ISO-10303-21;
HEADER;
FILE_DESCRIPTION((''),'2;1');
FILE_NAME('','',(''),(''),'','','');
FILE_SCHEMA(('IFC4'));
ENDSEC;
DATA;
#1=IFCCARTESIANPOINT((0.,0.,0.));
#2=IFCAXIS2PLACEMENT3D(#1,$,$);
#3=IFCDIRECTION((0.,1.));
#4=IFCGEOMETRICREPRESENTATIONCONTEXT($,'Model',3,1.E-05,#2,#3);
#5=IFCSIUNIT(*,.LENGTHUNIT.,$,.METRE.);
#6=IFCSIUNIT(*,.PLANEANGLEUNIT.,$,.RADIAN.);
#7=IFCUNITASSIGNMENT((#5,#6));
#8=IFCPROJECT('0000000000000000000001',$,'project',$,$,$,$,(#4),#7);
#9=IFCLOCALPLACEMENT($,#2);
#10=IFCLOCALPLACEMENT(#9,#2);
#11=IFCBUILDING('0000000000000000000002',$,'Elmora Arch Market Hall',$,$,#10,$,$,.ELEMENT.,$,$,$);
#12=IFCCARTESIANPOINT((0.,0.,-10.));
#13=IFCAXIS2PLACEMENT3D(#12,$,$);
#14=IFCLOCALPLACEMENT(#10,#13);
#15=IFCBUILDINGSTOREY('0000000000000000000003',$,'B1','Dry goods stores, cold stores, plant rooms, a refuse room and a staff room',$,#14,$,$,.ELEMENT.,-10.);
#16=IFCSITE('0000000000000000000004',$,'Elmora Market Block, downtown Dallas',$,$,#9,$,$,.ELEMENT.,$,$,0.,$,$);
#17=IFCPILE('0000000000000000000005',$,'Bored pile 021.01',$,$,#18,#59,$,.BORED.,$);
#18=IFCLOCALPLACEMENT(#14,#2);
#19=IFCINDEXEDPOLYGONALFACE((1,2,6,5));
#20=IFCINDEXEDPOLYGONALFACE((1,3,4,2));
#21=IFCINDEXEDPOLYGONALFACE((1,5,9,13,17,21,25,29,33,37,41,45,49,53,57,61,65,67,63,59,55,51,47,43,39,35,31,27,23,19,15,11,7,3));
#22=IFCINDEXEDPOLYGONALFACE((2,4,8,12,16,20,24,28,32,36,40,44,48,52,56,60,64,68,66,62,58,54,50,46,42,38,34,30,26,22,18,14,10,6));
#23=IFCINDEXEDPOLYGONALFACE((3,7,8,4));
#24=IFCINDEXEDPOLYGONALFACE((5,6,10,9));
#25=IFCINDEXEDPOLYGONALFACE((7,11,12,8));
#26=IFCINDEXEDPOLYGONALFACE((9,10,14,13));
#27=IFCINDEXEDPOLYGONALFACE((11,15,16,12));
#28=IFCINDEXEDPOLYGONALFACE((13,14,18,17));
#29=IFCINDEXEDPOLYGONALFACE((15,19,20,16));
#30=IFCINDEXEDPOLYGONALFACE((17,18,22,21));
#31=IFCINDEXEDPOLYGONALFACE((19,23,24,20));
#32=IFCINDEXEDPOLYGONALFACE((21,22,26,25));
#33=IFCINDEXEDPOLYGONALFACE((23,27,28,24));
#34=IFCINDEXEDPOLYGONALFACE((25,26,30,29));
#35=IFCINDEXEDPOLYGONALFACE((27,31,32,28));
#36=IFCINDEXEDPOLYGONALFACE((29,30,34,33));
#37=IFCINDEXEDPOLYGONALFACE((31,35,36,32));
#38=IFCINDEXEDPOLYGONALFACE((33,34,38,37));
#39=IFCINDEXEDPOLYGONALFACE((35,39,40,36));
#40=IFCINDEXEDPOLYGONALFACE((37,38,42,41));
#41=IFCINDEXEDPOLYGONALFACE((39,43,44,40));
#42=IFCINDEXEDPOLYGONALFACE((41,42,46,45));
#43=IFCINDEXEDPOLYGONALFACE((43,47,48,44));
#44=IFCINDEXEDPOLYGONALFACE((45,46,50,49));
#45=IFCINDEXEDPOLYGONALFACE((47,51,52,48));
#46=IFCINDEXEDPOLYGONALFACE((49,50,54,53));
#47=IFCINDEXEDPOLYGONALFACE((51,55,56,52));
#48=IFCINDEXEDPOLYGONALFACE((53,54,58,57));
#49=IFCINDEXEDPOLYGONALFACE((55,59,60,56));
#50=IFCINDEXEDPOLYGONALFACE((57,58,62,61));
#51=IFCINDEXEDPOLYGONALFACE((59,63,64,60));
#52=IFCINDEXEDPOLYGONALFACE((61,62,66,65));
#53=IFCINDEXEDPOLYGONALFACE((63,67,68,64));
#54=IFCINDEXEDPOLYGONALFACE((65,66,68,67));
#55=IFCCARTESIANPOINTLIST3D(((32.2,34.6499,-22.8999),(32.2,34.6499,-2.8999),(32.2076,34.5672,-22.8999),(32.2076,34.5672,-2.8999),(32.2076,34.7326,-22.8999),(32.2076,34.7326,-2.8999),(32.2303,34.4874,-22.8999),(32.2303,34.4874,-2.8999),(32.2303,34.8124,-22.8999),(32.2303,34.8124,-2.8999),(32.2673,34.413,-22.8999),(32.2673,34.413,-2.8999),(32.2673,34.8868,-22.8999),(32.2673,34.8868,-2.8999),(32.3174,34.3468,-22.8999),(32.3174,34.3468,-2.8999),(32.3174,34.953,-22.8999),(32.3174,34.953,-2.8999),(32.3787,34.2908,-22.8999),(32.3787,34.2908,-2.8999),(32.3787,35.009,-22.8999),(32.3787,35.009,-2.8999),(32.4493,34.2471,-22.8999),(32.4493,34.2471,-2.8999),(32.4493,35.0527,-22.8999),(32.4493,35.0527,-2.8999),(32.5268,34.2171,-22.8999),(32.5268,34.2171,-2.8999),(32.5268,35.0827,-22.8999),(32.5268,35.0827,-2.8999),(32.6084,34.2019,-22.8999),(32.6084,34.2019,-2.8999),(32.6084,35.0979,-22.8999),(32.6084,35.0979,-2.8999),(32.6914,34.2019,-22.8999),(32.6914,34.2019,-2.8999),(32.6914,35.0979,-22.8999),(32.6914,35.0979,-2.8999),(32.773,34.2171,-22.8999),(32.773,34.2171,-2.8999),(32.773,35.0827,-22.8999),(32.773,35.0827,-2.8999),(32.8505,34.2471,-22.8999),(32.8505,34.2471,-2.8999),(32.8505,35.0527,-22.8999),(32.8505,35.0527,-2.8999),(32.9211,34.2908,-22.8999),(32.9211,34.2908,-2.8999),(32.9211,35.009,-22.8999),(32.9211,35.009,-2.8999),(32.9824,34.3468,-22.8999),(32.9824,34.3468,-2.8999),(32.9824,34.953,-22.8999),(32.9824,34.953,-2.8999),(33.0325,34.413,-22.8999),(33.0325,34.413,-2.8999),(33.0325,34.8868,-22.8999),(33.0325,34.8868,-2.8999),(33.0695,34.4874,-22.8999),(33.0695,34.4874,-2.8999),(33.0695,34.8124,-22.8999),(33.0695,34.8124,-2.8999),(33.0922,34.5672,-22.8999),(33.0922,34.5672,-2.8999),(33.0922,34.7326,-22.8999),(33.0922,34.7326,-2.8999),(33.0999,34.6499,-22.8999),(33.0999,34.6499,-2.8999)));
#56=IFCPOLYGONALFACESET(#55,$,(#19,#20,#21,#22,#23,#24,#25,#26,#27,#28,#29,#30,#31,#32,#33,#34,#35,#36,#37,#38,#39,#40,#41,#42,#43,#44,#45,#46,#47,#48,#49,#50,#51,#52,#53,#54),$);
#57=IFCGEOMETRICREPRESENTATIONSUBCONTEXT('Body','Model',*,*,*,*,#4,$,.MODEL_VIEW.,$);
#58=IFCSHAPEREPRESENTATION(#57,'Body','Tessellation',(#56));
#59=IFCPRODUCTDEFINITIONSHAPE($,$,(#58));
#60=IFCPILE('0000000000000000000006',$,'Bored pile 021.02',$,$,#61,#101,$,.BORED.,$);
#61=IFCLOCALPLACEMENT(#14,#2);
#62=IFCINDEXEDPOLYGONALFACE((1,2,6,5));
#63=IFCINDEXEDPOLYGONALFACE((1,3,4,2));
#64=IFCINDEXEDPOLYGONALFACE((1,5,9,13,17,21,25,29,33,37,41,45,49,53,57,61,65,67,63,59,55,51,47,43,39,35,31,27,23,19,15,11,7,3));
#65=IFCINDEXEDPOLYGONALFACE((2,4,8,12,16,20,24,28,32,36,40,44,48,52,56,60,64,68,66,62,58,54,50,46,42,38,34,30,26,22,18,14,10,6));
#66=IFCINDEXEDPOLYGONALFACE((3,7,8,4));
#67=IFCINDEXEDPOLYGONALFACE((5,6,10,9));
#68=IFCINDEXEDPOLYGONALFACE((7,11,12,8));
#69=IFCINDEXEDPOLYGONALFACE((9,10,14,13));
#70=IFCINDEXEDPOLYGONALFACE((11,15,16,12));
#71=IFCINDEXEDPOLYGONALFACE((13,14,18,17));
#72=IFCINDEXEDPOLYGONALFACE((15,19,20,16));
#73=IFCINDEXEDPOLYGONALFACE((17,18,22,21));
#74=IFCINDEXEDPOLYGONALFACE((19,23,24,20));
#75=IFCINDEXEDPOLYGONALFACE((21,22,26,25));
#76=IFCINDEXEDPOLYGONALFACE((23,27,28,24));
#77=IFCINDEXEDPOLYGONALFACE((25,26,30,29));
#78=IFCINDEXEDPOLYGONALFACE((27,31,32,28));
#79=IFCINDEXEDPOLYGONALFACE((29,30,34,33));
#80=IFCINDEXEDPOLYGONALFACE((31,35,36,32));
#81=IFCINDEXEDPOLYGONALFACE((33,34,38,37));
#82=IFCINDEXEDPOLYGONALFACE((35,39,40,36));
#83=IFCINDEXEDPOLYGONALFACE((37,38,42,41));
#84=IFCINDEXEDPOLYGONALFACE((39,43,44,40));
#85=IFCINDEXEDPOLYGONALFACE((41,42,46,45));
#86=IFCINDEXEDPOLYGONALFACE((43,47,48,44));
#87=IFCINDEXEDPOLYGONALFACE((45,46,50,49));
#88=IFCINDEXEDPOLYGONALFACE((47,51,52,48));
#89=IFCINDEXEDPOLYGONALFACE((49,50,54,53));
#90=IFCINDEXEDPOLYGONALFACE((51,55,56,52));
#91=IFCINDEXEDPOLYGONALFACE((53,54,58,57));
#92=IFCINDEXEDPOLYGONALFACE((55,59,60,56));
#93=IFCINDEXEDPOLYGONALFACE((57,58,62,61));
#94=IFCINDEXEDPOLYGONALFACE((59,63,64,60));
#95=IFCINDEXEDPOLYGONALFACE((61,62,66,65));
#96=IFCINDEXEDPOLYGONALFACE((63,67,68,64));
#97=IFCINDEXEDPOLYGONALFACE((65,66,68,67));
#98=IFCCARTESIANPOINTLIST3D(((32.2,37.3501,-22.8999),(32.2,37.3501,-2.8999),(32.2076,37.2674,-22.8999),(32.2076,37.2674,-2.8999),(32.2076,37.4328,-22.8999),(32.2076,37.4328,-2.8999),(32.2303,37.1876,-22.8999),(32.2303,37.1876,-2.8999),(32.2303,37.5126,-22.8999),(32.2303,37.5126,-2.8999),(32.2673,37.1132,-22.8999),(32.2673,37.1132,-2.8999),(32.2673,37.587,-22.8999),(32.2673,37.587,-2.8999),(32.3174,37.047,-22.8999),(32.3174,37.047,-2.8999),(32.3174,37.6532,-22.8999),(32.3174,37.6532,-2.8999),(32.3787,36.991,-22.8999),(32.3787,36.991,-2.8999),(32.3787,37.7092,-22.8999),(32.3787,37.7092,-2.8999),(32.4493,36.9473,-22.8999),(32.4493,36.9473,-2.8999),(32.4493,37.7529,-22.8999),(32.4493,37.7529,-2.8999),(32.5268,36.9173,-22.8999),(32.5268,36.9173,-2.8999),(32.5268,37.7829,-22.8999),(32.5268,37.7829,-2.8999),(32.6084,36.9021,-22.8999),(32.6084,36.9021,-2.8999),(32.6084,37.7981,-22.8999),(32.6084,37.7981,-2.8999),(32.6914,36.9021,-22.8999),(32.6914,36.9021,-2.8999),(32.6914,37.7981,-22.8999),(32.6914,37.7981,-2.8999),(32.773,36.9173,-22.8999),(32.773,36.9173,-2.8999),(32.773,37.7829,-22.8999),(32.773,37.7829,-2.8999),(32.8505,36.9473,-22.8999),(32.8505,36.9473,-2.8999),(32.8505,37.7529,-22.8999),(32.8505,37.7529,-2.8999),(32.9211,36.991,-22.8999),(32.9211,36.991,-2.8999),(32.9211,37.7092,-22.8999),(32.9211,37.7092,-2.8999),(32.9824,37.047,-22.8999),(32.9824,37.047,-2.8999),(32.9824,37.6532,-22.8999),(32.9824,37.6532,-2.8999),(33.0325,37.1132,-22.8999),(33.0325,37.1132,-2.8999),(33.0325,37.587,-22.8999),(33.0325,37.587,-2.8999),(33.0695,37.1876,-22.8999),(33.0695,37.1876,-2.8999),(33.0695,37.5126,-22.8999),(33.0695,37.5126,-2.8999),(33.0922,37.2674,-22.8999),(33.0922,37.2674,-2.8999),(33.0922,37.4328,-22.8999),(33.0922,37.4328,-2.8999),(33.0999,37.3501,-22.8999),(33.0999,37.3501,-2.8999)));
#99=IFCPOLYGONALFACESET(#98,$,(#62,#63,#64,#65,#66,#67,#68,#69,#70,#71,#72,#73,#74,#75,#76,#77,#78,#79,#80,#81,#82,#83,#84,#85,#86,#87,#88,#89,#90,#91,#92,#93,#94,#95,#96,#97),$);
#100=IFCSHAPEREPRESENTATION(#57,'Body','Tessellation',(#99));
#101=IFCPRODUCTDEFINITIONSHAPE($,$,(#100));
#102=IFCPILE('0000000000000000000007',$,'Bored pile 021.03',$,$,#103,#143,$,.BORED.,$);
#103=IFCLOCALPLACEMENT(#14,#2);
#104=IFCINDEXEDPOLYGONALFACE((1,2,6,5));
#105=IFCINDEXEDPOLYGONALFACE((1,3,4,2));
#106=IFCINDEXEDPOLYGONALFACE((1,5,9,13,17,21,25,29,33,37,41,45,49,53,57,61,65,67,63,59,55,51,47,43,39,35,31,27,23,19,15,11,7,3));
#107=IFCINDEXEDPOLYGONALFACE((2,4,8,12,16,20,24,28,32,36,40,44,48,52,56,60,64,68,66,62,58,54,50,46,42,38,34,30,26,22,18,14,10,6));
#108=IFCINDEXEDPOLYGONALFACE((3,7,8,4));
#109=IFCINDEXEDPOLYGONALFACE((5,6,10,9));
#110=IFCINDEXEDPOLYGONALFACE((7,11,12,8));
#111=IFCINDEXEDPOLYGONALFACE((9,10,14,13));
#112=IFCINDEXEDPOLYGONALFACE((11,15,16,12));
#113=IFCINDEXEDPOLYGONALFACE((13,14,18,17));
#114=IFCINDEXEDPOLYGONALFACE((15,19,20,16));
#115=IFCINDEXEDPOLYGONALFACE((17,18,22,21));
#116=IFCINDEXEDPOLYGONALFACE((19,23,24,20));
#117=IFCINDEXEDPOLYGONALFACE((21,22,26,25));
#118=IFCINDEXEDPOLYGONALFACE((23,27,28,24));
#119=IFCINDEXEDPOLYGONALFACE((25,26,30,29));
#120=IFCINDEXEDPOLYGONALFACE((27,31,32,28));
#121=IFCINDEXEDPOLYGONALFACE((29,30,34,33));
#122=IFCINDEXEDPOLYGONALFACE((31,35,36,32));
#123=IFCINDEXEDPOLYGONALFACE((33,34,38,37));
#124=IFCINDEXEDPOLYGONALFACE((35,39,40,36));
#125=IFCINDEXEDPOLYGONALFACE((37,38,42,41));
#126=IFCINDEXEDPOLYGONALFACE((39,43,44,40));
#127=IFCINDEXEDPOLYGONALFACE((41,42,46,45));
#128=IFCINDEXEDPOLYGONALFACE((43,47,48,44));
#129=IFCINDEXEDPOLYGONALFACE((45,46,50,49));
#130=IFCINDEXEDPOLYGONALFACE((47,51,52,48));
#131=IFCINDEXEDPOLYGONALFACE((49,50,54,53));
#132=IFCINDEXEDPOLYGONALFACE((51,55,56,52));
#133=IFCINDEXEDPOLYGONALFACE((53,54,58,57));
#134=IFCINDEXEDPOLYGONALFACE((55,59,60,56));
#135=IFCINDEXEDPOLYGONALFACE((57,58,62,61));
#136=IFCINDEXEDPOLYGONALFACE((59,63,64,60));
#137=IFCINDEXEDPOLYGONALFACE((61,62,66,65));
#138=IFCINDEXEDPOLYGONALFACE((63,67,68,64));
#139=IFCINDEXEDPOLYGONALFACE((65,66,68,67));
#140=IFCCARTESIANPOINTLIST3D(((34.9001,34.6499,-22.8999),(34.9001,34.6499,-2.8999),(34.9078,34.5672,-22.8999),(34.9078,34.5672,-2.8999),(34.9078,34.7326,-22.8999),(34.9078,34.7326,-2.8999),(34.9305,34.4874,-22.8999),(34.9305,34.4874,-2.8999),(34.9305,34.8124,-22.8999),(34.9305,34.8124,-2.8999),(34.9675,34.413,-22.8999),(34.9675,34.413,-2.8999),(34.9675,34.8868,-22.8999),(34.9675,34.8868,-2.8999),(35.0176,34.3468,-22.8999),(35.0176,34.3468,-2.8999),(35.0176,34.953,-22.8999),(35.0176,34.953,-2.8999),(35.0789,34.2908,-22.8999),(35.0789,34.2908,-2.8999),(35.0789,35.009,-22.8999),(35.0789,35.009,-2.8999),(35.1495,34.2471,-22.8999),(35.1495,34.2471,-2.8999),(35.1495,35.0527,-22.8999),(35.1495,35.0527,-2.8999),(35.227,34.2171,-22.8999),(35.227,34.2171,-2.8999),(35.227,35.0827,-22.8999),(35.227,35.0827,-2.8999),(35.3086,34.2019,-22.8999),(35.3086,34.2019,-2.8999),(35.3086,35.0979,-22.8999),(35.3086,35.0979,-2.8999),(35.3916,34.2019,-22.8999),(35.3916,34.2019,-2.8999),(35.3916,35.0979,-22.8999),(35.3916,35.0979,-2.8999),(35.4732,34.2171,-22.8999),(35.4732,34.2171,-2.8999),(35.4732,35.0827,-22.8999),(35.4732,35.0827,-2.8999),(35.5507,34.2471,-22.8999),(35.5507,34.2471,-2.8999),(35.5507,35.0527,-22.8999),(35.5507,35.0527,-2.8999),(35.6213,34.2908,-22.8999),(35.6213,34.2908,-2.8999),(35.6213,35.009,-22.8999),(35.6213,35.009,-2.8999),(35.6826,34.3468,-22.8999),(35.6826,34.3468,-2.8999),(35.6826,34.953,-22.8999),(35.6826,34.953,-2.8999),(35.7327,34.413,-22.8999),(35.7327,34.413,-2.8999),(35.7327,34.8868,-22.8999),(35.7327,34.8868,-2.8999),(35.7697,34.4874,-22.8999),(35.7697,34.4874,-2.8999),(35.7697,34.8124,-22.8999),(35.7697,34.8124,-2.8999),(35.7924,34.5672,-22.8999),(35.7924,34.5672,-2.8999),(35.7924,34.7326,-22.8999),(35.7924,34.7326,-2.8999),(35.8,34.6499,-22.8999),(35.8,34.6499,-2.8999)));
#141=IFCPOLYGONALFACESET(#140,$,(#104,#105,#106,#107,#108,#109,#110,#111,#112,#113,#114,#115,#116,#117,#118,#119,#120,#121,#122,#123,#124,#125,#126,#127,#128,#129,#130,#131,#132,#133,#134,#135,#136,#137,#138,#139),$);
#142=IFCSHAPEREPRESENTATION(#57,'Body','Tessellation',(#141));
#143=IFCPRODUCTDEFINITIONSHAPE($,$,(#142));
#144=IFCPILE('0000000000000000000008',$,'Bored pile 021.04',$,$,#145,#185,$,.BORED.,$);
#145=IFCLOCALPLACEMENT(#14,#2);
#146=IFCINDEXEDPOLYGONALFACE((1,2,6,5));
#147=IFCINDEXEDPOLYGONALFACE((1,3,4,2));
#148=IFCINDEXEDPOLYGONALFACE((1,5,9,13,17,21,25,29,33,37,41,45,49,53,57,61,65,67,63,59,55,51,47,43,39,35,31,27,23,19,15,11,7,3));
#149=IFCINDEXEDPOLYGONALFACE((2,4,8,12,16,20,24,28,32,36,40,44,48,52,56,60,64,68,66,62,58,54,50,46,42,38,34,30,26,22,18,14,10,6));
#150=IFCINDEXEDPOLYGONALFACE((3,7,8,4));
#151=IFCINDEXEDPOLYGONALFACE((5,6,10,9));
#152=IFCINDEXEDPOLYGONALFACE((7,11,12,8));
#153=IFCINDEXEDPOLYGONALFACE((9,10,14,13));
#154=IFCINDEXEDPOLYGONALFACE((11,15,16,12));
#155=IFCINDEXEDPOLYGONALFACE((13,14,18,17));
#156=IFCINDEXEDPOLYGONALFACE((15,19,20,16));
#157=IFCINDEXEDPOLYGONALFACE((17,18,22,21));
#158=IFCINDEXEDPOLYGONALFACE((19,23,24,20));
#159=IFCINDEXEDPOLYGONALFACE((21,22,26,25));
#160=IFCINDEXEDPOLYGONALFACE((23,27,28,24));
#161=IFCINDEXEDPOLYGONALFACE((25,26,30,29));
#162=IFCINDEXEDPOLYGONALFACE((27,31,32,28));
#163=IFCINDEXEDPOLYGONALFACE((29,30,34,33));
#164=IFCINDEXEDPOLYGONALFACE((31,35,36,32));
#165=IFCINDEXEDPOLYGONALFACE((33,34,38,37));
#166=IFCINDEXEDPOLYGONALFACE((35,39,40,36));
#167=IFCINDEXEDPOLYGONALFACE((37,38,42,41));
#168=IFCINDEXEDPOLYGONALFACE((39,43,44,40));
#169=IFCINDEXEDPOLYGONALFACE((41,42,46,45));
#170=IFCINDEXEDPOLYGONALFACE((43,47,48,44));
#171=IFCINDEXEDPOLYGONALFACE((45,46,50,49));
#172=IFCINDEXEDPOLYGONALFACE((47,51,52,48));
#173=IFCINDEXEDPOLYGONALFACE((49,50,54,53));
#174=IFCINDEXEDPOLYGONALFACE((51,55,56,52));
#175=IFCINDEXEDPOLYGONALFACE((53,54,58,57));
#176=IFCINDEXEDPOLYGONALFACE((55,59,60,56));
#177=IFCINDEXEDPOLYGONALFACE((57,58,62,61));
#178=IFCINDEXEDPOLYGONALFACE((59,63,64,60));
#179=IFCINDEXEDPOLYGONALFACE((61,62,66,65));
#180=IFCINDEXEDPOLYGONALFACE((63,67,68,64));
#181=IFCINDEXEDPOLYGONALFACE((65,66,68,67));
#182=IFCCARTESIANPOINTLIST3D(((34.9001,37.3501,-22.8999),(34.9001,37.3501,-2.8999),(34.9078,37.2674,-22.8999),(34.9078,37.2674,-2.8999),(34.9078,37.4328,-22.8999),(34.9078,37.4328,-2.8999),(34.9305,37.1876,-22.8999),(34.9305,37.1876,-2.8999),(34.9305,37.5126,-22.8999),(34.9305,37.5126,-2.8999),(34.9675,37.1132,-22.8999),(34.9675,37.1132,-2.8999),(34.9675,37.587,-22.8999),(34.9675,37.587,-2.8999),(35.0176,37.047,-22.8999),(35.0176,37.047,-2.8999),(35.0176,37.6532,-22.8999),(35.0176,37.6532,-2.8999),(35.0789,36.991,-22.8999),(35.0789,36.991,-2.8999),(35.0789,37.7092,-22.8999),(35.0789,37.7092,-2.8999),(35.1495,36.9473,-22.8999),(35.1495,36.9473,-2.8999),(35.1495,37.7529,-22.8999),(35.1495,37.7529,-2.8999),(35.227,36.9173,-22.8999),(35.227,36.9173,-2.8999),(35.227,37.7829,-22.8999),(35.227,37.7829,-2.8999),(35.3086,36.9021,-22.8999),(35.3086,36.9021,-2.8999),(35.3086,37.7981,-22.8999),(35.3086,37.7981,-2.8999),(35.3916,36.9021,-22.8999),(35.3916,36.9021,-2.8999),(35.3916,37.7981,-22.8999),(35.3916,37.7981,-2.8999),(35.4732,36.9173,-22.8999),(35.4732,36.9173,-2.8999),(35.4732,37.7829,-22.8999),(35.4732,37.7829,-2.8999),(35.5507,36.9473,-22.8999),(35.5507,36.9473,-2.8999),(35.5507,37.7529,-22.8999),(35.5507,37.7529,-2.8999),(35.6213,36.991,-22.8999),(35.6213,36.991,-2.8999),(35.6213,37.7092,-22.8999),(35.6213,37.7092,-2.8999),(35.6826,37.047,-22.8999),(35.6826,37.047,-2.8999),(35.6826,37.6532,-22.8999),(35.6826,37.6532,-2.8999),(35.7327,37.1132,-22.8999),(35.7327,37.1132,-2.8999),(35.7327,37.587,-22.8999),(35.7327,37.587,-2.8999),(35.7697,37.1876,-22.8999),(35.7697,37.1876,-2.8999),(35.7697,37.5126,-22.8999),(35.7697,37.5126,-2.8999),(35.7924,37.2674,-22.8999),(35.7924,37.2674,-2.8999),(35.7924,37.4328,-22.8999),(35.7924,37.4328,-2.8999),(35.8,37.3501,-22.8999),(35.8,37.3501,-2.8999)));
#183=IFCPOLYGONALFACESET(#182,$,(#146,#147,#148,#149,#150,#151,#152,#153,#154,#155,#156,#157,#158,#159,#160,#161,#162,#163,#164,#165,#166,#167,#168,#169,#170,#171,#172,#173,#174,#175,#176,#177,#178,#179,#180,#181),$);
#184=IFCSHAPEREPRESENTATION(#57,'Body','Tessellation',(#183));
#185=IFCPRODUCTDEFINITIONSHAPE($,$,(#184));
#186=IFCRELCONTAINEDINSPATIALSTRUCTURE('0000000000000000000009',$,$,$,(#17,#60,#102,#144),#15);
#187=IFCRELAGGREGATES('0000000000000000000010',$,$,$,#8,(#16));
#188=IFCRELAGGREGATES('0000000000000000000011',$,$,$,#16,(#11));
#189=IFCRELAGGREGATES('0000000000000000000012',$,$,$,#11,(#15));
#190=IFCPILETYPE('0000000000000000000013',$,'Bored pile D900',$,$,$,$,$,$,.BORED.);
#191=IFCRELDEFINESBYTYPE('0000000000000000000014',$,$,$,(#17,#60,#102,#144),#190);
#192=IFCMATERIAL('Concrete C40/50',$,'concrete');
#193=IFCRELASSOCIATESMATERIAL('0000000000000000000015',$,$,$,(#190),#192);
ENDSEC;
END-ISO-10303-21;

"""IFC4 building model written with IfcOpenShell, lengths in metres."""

from ifc_helpers import new_model, si_unit, direction, frame, origin, origin_2d, place, context, subcontext, project, spatial, circle, extrude, material, material_profile, profile_set, type_object, element, save


model = new_model("IFC4")

# Units and contexts
model_context = context("Model", 3, precision=1e-05, world=origin(), true_north=direction((0.0, 1.0)))
body_context = subcontext(model_context, "Body", "Model", "MODEL_VIEW")
ifc_project = project(units=[si_unit("LENGTHUNIT", "METRE"), si_unit("PLANEANGLEUNIT", "RADIAN")], contexts=[model_context])

# Site, building, storey
site_placement = place(None, origin())
site = spatial("IfcSite", under=ifc_project, at=site_placement, Name="Elmora Market Block, downtown Dallas", CompositionType="ELEMENT", RefElevation=0.0)
building_placement = place(site_placement, origin())
building = spatial("IfcBuilding", under=site, at=building_placement, Name="Elmora Arch Market Hall", CompositionType="ELEMENT")
storey_placement = place(building_placement, frame((0.0, 0.0, -10.0)))
storey = spatial("IfcBuildingStorey", under=building, at=storey_placement, Name="B1", Description="Dry goods stores, cold stores, plant rooms, a refuse room and a staff room", CompositionType="ELEMENT", Elevation=-10.0)

# Piles
ifc_material_1 = material(Name="Concrete C40/50", Category="concrete")
ifc_material_profile_1 = material_profile(ifc_material_1, circle(Radius=0.45, at=origin_2d()), Name="Bored pile D900")
ifc_profile_set_1 = profile_set([ifc_material_profile_1], Name="Concrete C40/50")
pile_type = type_object("IfcPileType", Name="Bored pile D900", PredefinedType="BORED", material=ifc_profile_set_1)
for number, where, z_axis, x_axis, name in (
    (1, (32.6499, 34.6499, -2.8999), (0.0, 0.0, -1.0), (1.0, 0.0, 0.0), "Bored pile 021.01"),
    (2, (32.6499, 37.3501, -2.8999), (0.0, 0.0, -1.0), (1.0, 0.0, 0.0), "Bored pile 021.02"),
    (3, (35.3501, 34.6499, -2.8999), (0.0, 0.0, -1.0), (1.0, 0.0, 0.0), "Bored pile 021.03"),
    (4, (35.3501, 37.3501, -2.8999), (0.0, 0.0, -1.0), (1.0, 0.0, 0.0), "Bored pile 021.04"),
):
    element("IfcPile", number, at=place(storey_placement, frame(where, z_axis=z_axis, x_axis=x_axis)), inside=storey, type_object=pile_type, Name=name, PredefinedType="BORED", context=body_context, shape_type="SweptSolid", body=[
        extrude(circle(Radius=0.45, at=origin_2d()), origin(), (0.0, 0.0, 1.0), 20.0),
    ])

save(model, "model.ifc")
